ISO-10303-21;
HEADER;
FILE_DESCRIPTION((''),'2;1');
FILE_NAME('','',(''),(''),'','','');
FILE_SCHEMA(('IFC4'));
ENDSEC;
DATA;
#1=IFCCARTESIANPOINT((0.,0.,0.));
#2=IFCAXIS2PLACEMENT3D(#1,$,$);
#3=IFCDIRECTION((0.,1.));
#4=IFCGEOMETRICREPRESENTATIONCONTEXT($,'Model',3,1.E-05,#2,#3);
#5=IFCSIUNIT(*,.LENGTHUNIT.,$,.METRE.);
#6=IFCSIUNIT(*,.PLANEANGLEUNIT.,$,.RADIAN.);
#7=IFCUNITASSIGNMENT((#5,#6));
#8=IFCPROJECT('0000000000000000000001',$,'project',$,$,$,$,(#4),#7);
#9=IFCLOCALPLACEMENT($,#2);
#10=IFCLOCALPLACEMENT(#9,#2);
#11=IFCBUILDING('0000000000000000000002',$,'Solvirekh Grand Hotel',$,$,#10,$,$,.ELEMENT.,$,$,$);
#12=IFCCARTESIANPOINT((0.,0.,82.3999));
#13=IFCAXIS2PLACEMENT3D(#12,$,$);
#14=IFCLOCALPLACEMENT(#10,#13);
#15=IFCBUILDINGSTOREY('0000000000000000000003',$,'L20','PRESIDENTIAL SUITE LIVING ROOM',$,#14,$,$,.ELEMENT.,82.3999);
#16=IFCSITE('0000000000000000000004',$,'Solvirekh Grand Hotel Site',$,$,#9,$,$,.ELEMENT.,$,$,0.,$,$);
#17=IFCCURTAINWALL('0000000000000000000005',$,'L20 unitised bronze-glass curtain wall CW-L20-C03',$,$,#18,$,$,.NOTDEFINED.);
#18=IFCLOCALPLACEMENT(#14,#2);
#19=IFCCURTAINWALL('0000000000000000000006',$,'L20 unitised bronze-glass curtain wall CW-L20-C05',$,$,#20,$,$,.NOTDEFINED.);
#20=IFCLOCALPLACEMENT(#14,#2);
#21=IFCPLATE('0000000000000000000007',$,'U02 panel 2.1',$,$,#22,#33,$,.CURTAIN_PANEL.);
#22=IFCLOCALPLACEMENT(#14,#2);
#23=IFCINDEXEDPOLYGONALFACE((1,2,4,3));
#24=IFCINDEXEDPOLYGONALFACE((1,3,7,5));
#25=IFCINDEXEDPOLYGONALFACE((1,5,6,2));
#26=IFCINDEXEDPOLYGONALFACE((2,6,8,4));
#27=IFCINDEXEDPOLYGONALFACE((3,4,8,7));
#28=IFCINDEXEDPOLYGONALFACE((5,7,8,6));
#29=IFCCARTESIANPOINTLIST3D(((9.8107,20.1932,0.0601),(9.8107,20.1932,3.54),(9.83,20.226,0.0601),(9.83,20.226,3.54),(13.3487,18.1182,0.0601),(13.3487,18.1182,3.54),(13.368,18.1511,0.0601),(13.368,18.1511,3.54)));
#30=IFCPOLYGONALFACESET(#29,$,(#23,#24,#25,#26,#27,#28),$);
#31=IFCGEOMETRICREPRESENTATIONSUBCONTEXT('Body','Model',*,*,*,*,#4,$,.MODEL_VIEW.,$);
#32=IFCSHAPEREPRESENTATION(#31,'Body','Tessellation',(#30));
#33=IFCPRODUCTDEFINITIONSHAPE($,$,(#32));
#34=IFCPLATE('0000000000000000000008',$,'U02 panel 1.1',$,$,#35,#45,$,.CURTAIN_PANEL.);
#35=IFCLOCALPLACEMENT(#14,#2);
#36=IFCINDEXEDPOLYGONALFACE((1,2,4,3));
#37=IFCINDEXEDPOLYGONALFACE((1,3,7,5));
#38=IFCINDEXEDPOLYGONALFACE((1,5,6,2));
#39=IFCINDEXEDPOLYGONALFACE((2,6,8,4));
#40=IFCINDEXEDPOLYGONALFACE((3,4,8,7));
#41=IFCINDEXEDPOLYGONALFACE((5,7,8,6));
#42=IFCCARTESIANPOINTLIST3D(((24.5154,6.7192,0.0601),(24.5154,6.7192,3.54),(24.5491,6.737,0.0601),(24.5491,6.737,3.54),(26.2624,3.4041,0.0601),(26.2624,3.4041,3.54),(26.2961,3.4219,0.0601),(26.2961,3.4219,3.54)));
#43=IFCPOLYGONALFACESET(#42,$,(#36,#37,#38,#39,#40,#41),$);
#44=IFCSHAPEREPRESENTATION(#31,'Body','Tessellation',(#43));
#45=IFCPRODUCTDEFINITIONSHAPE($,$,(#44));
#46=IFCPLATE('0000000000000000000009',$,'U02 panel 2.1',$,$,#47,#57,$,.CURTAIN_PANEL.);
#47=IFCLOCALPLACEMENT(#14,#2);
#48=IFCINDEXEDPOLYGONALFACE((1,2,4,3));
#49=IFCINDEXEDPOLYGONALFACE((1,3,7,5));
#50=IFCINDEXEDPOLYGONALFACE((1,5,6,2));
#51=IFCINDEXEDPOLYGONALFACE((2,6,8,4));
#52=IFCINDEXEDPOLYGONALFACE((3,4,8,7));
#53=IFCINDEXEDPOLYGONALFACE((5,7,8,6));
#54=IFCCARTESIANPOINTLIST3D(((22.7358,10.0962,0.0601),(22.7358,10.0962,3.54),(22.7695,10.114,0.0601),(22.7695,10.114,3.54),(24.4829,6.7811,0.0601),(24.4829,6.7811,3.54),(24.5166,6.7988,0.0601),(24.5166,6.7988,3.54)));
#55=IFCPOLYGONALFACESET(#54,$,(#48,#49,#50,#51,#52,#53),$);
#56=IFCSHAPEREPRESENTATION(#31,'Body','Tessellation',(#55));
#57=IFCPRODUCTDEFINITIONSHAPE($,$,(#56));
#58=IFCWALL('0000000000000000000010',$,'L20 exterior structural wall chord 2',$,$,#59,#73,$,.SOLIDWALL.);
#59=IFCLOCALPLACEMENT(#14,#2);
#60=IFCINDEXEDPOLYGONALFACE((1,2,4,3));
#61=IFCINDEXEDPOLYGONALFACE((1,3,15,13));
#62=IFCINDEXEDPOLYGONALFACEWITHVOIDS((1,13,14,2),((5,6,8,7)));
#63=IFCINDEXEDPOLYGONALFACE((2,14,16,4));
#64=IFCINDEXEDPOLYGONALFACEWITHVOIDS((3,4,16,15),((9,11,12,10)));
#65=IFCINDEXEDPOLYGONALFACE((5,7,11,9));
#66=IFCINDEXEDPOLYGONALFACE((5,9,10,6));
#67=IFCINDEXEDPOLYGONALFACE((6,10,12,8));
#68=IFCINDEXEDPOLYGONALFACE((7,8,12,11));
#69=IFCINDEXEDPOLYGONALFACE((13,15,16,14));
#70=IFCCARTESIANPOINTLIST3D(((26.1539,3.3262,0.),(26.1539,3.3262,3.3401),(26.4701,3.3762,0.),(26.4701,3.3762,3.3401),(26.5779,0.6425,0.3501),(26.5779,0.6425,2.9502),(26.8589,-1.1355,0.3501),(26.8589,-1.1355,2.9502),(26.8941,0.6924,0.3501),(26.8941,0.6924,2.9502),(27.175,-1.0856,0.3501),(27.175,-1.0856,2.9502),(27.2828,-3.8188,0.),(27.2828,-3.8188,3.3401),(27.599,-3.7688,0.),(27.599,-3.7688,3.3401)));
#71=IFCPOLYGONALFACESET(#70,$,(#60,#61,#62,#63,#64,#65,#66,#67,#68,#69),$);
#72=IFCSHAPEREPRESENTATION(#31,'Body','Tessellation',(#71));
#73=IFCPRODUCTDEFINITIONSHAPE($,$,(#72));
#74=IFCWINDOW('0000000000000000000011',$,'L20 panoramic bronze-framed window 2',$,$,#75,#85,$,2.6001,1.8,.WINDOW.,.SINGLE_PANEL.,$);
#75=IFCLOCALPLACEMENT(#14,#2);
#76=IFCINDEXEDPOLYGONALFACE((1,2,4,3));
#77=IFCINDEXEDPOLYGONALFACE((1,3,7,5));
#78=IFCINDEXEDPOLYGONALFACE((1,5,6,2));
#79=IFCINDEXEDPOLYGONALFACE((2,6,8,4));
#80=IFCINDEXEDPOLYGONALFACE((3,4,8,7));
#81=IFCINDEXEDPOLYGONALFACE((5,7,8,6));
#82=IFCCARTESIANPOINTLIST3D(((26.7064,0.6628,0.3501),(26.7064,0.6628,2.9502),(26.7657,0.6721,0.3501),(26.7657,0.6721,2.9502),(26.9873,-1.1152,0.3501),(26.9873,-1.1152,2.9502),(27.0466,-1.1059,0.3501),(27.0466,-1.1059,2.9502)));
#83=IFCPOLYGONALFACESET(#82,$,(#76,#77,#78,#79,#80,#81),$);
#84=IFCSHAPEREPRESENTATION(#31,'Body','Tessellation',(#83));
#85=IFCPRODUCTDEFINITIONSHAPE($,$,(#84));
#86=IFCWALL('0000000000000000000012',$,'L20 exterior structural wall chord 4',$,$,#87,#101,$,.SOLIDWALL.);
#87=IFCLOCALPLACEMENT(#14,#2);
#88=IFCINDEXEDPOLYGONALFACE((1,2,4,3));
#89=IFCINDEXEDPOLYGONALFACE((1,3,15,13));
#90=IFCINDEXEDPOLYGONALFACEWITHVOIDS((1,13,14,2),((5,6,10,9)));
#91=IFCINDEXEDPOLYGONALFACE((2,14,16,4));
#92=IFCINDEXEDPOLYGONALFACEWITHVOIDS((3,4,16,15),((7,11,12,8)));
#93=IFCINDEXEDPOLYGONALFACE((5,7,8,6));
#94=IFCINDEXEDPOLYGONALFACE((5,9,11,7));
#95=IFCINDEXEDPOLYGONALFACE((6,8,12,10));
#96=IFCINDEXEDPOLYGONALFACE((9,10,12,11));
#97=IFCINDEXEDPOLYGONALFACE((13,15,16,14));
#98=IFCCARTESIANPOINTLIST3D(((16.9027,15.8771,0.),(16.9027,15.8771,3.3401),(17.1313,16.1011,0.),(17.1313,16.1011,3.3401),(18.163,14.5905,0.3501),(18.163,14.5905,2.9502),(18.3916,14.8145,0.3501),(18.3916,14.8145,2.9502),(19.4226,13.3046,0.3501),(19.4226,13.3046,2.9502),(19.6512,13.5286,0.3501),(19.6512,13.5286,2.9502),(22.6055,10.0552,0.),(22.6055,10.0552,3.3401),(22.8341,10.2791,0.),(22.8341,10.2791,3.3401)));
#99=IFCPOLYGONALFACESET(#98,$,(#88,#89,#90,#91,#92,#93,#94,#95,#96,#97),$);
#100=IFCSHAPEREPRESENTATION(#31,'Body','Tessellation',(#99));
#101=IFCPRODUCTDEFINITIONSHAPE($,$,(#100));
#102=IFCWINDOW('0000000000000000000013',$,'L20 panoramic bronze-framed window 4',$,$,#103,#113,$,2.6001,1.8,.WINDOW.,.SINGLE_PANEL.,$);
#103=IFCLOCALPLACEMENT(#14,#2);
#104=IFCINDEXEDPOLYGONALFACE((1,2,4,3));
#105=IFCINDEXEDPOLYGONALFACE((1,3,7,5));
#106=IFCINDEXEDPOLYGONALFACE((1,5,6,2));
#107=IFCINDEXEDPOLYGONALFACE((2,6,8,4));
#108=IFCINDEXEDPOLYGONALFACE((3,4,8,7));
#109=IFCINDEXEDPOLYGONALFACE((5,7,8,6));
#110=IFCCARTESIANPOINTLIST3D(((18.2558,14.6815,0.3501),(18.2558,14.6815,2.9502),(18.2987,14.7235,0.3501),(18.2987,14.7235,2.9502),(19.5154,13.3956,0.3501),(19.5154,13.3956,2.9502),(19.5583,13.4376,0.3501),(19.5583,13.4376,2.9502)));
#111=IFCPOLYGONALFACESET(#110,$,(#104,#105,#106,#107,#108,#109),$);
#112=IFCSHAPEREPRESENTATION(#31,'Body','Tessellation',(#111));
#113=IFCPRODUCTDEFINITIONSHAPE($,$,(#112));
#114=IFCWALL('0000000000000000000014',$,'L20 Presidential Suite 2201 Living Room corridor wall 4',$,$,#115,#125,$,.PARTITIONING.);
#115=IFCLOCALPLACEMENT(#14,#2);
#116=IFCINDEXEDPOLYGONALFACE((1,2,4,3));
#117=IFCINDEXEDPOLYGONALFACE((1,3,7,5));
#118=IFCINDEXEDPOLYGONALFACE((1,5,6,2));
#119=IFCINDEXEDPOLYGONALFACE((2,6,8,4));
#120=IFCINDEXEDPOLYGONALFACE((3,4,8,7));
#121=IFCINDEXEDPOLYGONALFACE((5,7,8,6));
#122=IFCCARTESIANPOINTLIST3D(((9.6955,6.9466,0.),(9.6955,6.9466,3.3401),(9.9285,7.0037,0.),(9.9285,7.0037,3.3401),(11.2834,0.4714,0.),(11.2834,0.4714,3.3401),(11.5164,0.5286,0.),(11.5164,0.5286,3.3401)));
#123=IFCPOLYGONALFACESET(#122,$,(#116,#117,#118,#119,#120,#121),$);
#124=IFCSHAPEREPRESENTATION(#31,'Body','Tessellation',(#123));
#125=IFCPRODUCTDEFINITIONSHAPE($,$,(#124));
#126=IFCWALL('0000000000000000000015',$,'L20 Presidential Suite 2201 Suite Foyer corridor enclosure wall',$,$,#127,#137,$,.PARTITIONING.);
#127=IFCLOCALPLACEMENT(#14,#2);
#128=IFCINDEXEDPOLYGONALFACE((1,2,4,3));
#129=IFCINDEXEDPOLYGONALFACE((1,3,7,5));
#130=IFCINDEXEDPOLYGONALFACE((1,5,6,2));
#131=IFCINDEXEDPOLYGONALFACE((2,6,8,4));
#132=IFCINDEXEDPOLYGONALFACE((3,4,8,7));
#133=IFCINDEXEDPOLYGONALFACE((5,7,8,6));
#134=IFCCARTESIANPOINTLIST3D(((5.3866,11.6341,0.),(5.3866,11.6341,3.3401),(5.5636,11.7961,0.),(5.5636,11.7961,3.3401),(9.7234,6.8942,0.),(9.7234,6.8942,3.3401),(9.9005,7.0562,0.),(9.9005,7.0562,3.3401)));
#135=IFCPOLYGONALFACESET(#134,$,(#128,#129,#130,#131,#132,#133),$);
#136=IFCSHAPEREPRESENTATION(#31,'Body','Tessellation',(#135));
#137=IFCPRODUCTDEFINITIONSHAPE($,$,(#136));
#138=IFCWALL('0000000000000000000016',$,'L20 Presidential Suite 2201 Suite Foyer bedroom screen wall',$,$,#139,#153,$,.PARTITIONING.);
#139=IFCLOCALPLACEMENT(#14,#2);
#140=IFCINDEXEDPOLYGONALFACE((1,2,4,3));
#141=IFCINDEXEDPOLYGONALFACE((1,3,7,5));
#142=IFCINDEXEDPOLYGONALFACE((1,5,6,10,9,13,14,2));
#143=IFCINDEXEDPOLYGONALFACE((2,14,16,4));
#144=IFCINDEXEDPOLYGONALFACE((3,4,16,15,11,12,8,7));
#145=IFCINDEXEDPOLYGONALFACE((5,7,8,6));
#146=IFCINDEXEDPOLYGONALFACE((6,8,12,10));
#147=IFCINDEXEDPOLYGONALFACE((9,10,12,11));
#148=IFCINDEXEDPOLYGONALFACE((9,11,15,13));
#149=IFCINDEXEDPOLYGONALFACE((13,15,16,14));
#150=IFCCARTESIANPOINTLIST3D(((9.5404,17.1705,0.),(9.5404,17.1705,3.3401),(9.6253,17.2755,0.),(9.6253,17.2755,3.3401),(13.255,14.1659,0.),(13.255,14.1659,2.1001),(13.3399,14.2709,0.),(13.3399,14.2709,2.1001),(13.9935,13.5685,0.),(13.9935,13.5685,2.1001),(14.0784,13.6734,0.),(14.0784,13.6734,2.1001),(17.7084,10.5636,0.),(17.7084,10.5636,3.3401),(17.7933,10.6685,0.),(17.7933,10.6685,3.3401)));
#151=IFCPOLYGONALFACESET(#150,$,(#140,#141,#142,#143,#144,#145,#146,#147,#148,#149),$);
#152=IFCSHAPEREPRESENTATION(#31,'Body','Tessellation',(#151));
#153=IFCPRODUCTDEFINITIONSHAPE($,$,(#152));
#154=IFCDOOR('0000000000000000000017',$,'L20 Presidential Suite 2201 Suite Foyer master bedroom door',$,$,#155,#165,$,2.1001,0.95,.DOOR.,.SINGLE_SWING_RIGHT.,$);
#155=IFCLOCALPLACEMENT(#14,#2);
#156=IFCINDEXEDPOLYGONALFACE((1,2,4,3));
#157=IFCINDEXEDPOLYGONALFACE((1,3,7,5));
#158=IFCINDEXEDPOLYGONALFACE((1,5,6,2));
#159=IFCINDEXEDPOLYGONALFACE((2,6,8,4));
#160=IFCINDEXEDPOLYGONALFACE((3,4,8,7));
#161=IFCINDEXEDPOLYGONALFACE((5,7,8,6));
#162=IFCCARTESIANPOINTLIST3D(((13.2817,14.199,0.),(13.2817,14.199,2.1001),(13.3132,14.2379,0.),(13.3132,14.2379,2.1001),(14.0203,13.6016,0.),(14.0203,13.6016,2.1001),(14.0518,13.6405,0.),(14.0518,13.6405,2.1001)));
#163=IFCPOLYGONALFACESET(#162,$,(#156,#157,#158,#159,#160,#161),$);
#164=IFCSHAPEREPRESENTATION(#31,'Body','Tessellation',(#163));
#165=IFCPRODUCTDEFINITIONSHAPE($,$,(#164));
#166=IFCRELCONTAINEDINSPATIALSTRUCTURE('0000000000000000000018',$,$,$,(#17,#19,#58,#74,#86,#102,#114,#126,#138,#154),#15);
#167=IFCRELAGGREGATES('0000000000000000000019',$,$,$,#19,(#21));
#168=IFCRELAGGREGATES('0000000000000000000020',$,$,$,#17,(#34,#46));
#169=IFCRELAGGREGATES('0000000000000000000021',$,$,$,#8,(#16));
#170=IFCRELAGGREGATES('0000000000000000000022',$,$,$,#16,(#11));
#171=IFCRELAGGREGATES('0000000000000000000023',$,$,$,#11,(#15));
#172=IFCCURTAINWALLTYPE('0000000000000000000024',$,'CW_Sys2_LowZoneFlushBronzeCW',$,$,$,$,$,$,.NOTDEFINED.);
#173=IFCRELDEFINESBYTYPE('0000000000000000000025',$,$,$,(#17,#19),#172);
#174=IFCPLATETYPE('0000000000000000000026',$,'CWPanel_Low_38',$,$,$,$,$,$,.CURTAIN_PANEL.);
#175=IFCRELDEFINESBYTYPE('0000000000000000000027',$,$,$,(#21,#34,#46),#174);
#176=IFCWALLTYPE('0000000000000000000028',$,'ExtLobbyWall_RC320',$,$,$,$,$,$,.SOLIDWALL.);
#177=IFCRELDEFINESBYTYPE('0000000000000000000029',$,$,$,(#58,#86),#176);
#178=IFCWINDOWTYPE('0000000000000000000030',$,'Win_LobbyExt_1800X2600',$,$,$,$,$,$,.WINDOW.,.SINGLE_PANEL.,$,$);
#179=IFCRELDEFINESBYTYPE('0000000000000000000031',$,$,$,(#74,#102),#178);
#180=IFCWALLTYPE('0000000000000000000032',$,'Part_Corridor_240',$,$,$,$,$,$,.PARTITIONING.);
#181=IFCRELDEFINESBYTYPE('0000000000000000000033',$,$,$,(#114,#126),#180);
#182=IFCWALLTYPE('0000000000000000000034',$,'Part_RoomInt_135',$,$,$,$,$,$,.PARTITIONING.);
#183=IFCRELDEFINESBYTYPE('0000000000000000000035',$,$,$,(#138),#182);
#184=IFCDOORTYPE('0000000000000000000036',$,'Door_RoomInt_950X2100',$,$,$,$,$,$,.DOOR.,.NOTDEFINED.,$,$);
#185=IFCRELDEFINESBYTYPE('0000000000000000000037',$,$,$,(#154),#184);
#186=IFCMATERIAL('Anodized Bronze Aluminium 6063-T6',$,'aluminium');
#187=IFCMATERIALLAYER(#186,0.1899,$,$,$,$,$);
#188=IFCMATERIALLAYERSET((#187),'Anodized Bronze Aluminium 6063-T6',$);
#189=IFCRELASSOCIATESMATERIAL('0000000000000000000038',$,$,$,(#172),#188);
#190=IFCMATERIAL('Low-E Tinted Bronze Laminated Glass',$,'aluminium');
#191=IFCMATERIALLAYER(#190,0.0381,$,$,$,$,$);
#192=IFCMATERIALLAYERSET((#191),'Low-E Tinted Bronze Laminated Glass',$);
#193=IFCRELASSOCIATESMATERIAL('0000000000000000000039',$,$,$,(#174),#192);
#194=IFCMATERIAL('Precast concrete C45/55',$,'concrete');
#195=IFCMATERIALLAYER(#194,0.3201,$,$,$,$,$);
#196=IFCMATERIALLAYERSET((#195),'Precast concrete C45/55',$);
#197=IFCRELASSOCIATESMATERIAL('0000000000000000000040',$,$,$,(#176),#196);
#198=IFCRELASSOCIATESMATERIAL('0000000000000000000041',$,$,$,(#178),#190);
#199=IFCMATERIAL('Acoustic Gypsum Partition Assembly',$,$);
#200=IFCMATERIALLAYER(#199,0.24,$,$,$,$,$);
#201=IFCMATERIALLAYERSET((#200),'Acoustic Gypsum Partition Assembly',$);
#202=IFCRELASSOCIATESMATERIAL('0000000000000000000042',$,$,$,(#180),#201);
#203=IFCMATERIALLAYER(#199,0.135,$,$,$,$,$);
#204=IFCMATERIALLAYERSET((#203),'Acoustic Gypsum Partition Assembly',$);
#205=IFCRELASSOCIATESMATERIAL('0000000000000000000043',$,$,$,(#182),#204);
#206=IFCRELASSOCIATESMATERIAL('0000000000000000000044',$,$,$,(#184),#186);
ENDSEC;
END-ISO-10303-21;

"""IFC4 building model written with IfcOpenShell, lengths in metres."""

from ifc_helpers import new_model, si_unit, direction, frame, frame_2d, origin, origin_2d, place, context, subcontext, project, spatial, rectangle, extrude, source, transform, mapped, material, layer, layer_set, type_object, element, fill, aggregate, save


model = new_model("IFC4")

# Units and contexts
model_context = context("Model", 3, precision=1e-05, world=origin(), true_north=direction((0.0, 1.0)))
body_context = subcontext(model_context, "Body", "Model", "MODEL_VIEW")
ifc_project = project(units=[si_unit("LENGTHUNIT", "METRE"), si_unit("PLANEANGLEUNIT", "RADIAN")], contexts=[model_context])

# Site, building, storey
site_placement = place(None, origin())
site = spatial("IfcSite", under=ifc_project, at=site_placement, Name="Solvirekh Grand Hotel Site", CompositionType="ELEMENT", RefElevation=0.0)
building_placement = place(site_placement, origin())
building = spatial("IfcBuilding", under=site, at=building_placement, Name="Solvirekh Grand Hotel", CompositionType="ELEMENT")
storey_placement = place(building_placement, frame((0.0, 0.0, 82.3999)))
storey = spatial("IfcBuildingStorey", under=building, at=storey_placement, Name="L20", Description="PRESIDENTIAL SUITE LIVING ROOM", CompositionType="ELEMENT", Elevation=82.3999)

# Curtain walls
ifc_material_1 = material(Name="Anodized Bronze Aluminium 6063-T6", Category="aluminium")
ifc_layer_1 = layer(ifc_material_1, 0.1899)
ifc_layer_set_1 = layer_set([ifc_layer_1], Name="Anodized Bronze Aluminium 6063-T6")
curtain_wall_type = type_object("IfcCurtainWallType", Name="CW_Sys2_LowZoneFlushBronzeCW", PredefinedType="NOTDEFINED", material=ifc_layer_set_1)
curtain_wall_1_placement = place(storey_placement, origin())
curtain_wall_1 = element("IfcCurtainWall", 1, at=curtain_wall_1_placement, inside=storey, type_object=curtain_wall_type, Name="L20 unitised bronze-glass curtain wall CW-L20-C03", PredefinedType="NOTDEFINED")
curtain_wall_2_placement = place(storey_placement, origin())
curtain_wall_2 = element("IfcCurtainWall", 2, at=curtain_wall_2_placement, inside=storey, type_object=curtain_wall_type, Name="L20 unitised bronze-glass curtain wall CW-L20-C05", PredefinedType="NOTDEFINED")

# Plates
ifc_material_2 = material(Name="Low-E Tinted Bronze Laminated Glass", Category="aluminium")
ifc_layer_2 = layer(ifc_material_2, 0.0381)
ifc_layer_set_2 = layer_set([ifc_layer_2], Name="Low-E Tinted Bronze Laminated Glass")
plate_type = type_object("IfcPlateType", Name="CWPanel_Low_38", PredefinedType="CURTAIN_PANEL", material=ifc_layer_set_2)
shared_shape_1 = source(origin(), body_context, "Body", "SweptSolid", [
    extrude(rectangle(XDim=4.1016, YDim=0.0381, at=origin_2d()), origin(), (0.0, 0.0, 1.0), 3.48),
])
plate_1_placement = place(storey_placement, frame((11.5894, 19.1721, 0.0601), z_axis=(0.0, 0.0, 1.0), x_axis=(-0.8626, 0.505887, 0.0)))
plate_1 = element("IfcPlate", 3, at=plate_1_placement, type_object=plate_type, Name="U02 panel 2.1", PredefinedType="CURTAIN_PANEL", context=body_context, shape_type="MappedRepresentation", body=[
    mapped(shared_shape_1, transform((0.0, 0.0, 0.0), x_axis=(1.0, 0.0, 0.0), y_axis=(0.0, 1.0, 0.0), z_axis=(0.0, 0.0, 1.0), scale=1.0)),
])
aggregate(curtain_wall_2, [plate_1])
shared_shape_2 = source(origin(), body_context, "Body", "SweptSolid", [
    extrude(rectangle(XDim=3.7473, YDim=0.0381, at=origin_2d()), origin(), (0.0, 0.0, 1.0), 3.48),
])
plate_2_placement = place(storey_placement, frame((25.4058, 5.0706, 0.0601), z_axis=(0.0, 0.0, 1.0), x_axis=(-0.466217, 0.88467, 0.0)))
plate_2 = element("IfcPlate", 4, at=plate_2_placement, type_object=plate_type, Name="U02 panel 1.1", PredefinedType="CURTAIN_PANEL", context=body_context, shape_type="MappedRepresentation", body=[
    mapped(shared_shape_2, transform((0.0, 0.0, 0.0), x_axis=(1.0, 0.0, 0.0), y_axis=(0.0, 1.0, 0.0), z_axis=(0.0, 0.0, 1.0), scale=1.0)),
])
plate_3_placement = place(storey_placement, frame((23.6262, 8.4475, 0.0601), z_axis=(0.0, 0.0, 1.0), x_axis=(-0.466217, 0.88467, 0.0)))
plate_3 = element("IfcPlate", 5, at=plate_3_placement, type_object=plate_type, Name="U02 panel 2.1", PredefinedType="CURTAIN_PANEL", context=body_context, shape_type="MappedRepresentation", body=[
    mapped(shared_shape_2, transform((0.0, 0.0, 0.0), x_axis=(1.0, 0.0, 0.0), y_axis=(0.0, 1.0, 0.0), z_axis=(0.0, 0.0, 1.0), scale=1.0)),
])
aggregate(curtain_wall_1, [plate_2, plate_3])

# Walls, openings, windows
ifc_material_3 = material(Name="Precast concrete C45/55", Category="concrete")
ifc_layer_3 = layer(ifc_material_3, 0.3201)
ifc_layer_set_3 = layer_set([ifc_layer_3], Name="Precast concrete C45/55")
wall_type_1 = type_object("IfcWallType", Name="ExtLobbyWall_RC320", PredefinedType="SOLIDWALL", material=ifc_layer_set_3)
wall_1_placement = place(storey_placement, frame((26.312, 3.3511, 0.0), z_axis=(0.0, 0.0, 1.0), x_axis=(0.156063, -0.987747, 0.0)))
wall_1 = element("IfcWall", 6, at=wall_1_placement, inside=storey, type_object=wall_type_1, Name="L20 exterior structural wall chord 2", PredefinedType="SOLIDWALL", context=body_context, shape_type="SweptSolid", body=[
    extrude(rectangle(XDim=7.2336, YDim=0.3201, at=frame_2d((3.6167, 0.0))), origin(), (0.0, 0.0, 1.0), 3.3401),
])
opening_1_placement = place(wall_1_placement, frame((2.717, 0.0, 0.3501)))
opening_1 = element("IfcOpeningElement", 7, at=opening_1_placement, cuts=wall_1, PredefinedType="OPENING", context=body_context, shape_type="SweptSolid", body=[
    extrude(rectangle(XDim=1.8, YDim=2.6001, at=frame_2d((0.8999, 1.3))), frame((0.0, 0.1699, 0.0), z_axis=(0.0, -1.0, 0.0), x_axis=(1.0, 0.0, 0.0)), (0.0, 0.0, 1.0), 0.3401),
])
window_type = type_object("IfcWindowType", Name="Win_LobbyExt_1800X2600", PartitioningType="SINGLE_PANEL", PredefinedType="WINDOW", material=ifc_material_2)
window_1_placement = place(opening_1_placement, origin())
window_1 = element("IfcWindow", 8, at=window_1_placement, inside=storey, type_object=window_type, Name="L20 panoramic bronze-framed window 2", OverallHeight=2.6001, OverallWidth=1.8, PartitioningType="SINGLE_PANEL", PredefinedType="WINDOW", context=body_context, shape_type="SweptSolid", body=[
    extrude(rectangle(XDim=1.8, YDim=2.6001, at=frame_2d((0.8999, 1.3))), frame((0.0, 0.03, 0.0), z_axis=(0.0, -1.0, 0.0), x_axis=(1.0, 0.0, 0.0)), (0.0, 0.0, 1.0), 0.0601),
])
fill(opening_1, window_1)
wall_2_placement = place(storey_placement, frame((17.0171, 15.989, 0.0), z_axis=(0.0, 0.0, 1.0), x_axis=(0.69976, -0.714378, 0.0)))
wall_2 = element("IfcWall", 9, at=wall_2_placement, inside=storey, type_object=wall_type_1, Name="L20 exterior structural wall chord 4", PredefinedType="SOLIDWALL", context=body_context, shape_type="SweptSolid", body=[
    extrude(rectangle(XDim=8.1497, YDim=0.3201, at=frame_2d((4.0747, 0.0))), origin(), (0.0, 0.0, 1.0), 3.3401),
])
opening_2_placement = place(wall_2_placement, frame((1.801, 0.0, 0.3501)))
opening_2 = element("IfcOpeningElement", 10, at=opening_2_placement, cuts=wall_2, PredefinedType="OPENING", context=body_context, shape_type="SweptSolid", body=[
    extrude(rectangle(XDim=1.8, YDim=2.6001, at=frame_2d((0.8999, 1.3))), frame((0.0, 0.1699, 0.0), z_axis=(0.0, -1.0, 0.0), x_axis=(1.0, 0.0, 0.0)), (0.0, 0.0, 1.0), 0.3401),
])
window_2_placement = place(opening_2_placement, origin())
window_2 = element("IfcWindow", 11, at=window_2_placement, inside=storey, type_object=window_type, Name="L20 panoramic bronze-framed window 4", OverallHeight=2.6001, OverallWidth=1.8, PartitioningType="SINGLE_PANEL", PredefinedType="WINDOW", context=body_context, shape_type="SweptSolid", body=[
    extrude(rectangle(XDim=1.8, YDim=2.6001, at=frame_2d((0.8999, 1.3))), frame((0.0, 0.03, 0.0), z_axis=(0.0, -1.0, 0.0), x_axis=(1.0, 0.0, 0.0)), (0.0, 0.0, 1.0), 0.0601),
])
fill(opening_2, window_2)

# Walls
ifc_material_4 = material(Name="Acoustic Gypsum Partition Assembly")
ifc_layer_4 = layer(ifc_material_4, 0.24)
ifc_layer_set_4 = layer_set([ifc_layer_4], Name="Acoustic Gypsum Partition Assembly")
wall_type_2 = type_object("IfcWallType", Name="Part_Corridor_240", PredefinedType="PARTITIONING", material=ifc_layer_set_4)
wall_3_placement = place(storey_placement, frame((11.3999, 0.5, 0.0), z_axis=(0.0, 0.0, 1.0), x_axis=(-0.238173, 0.971223, 0.0)))
element("IfcWall", 12, at=wall_3_placement, inside=storey, type_object=wall_type_2, Name="L20 Presidential Suite 2201 Living Room corridor wall 4", PredefinedType="PARTITIONING", context=body_context, shape_type="SweptSolid", body=[
    extrude(rectangle(XDim=6.667, YDim=0.24, at=frame_2d((3.3335, 0.0))), origin(), (0.0, 0.0, 1.0), 3.3401),
])
wall_4_placement = place(storey_placement, frame((9.812, 6.9751, 0.0), z_axis=(0.0, 0.0, 1.0), x_axis=(-0.675041, 0.73778, 0.0)))
element("IfcWall", 13, at=wall_4_placement, inside=storey, type_object=wall_type_2, Name="L20 Presidential Suite 2201 Suite Foyer corridor enclosure wall", PredefinedType="PARTITIONING", context=body_context, shape_type="SweptSolid", body=[
    extrude(rectangle(XDim=6.4246, YDim=0.24, at=frame_2d((3.2124, 0.0))), origin(), (0.0, 0.0, 1.0), 3.3401),
])

# Wall, opening, door
ifc_layer_5 = layer(ifc_material_4, 0.135)
ifc_layer_set_5 = layer_set([ifc_layer_5], Name="Acoustic Gypsum Partition Assembly")
wall_type_3 = type_object("IfcWallType", Name="Part_RoomInt_135", PredefinedType="PARTITIONING", material=ifc_layer_set_5)
wall_5_placement = place(storey_placement, frame((17.751, 10.616, 0.0), z_axis=(0.0, 0.0, 1.0), x_axis=(-0.777488, 0.628897, 0.0)))
wall_5 = element("IfcWall", 14, at=wall_5_placement, inside=storey, type_object=wall_type_3, Name="L20 Presidential Suite 2201 Suite Foyer bedroom screen wall", PredefinedType="PARTITIONING", context=body_context, shape_type="SweptSolid", body=[
    extrude(rectangle(XDim=10.5056, YDim=0.135, at=frame_2d((5.2529, 0.0))), origin(), (0.0, 0.0, 1.0), 3.3401),
])
opening_3_placement = place(wall_5_placement, frame((4.7781, 0.0, 0.0)))
opening_3 = element("IfcOpeningElement", 15, at=opening_3_placement, cuts=wall_5, PredefinedType="OPENING", context=body_context, shape_type="SweptSolid", body=[
    extrude(rectangle(XDim=0.95, YDim=2.1001, at=frame_2d((0.4751, 1.05))), frame((0.0, 0.0776, 0.0), z_axis=(0.0, -1.0, 0.0), x_axis=(1.0, 0.0, 0.0)), (0.0, 0.0, 1.0), 0.155),
])
door_type = type_object("IfcDoorType", Name="Door_RoomInt_950X2100", OperationType="NOTDEFINED", PredefinedType="DOOR", material=ifc_material_1)
door_1_placement = place(opening_3_placement, origin())
door_1 = element("IfcDoor", 16, at=door_1_placement, inside=storey, type_object=door_type, Name="L20 Presidential Suite 2201 Suite Foyer master bedroom door", OperationType="SINGLE_SWING_RIGHT", OverallHeight=2.1001, OverallWidth=0.95, PredefinedType="DOOR", context=body_context, shape_type="SweptSolid", body=[
    extrude(rectangle(XDim=0.95, YDim=2.1001, at=frame_2d((0.4751, 1.05))), frame((0.0, 0.0249, 0.0), z_axis=(0.0, -1.0, 0.0), x_axis=(1.0, 0.0, 0.0)), (0.0, 0.0, 1.0), 0.05),
])
fill(opening_3, door_1)

save(model, "model.ifc")
